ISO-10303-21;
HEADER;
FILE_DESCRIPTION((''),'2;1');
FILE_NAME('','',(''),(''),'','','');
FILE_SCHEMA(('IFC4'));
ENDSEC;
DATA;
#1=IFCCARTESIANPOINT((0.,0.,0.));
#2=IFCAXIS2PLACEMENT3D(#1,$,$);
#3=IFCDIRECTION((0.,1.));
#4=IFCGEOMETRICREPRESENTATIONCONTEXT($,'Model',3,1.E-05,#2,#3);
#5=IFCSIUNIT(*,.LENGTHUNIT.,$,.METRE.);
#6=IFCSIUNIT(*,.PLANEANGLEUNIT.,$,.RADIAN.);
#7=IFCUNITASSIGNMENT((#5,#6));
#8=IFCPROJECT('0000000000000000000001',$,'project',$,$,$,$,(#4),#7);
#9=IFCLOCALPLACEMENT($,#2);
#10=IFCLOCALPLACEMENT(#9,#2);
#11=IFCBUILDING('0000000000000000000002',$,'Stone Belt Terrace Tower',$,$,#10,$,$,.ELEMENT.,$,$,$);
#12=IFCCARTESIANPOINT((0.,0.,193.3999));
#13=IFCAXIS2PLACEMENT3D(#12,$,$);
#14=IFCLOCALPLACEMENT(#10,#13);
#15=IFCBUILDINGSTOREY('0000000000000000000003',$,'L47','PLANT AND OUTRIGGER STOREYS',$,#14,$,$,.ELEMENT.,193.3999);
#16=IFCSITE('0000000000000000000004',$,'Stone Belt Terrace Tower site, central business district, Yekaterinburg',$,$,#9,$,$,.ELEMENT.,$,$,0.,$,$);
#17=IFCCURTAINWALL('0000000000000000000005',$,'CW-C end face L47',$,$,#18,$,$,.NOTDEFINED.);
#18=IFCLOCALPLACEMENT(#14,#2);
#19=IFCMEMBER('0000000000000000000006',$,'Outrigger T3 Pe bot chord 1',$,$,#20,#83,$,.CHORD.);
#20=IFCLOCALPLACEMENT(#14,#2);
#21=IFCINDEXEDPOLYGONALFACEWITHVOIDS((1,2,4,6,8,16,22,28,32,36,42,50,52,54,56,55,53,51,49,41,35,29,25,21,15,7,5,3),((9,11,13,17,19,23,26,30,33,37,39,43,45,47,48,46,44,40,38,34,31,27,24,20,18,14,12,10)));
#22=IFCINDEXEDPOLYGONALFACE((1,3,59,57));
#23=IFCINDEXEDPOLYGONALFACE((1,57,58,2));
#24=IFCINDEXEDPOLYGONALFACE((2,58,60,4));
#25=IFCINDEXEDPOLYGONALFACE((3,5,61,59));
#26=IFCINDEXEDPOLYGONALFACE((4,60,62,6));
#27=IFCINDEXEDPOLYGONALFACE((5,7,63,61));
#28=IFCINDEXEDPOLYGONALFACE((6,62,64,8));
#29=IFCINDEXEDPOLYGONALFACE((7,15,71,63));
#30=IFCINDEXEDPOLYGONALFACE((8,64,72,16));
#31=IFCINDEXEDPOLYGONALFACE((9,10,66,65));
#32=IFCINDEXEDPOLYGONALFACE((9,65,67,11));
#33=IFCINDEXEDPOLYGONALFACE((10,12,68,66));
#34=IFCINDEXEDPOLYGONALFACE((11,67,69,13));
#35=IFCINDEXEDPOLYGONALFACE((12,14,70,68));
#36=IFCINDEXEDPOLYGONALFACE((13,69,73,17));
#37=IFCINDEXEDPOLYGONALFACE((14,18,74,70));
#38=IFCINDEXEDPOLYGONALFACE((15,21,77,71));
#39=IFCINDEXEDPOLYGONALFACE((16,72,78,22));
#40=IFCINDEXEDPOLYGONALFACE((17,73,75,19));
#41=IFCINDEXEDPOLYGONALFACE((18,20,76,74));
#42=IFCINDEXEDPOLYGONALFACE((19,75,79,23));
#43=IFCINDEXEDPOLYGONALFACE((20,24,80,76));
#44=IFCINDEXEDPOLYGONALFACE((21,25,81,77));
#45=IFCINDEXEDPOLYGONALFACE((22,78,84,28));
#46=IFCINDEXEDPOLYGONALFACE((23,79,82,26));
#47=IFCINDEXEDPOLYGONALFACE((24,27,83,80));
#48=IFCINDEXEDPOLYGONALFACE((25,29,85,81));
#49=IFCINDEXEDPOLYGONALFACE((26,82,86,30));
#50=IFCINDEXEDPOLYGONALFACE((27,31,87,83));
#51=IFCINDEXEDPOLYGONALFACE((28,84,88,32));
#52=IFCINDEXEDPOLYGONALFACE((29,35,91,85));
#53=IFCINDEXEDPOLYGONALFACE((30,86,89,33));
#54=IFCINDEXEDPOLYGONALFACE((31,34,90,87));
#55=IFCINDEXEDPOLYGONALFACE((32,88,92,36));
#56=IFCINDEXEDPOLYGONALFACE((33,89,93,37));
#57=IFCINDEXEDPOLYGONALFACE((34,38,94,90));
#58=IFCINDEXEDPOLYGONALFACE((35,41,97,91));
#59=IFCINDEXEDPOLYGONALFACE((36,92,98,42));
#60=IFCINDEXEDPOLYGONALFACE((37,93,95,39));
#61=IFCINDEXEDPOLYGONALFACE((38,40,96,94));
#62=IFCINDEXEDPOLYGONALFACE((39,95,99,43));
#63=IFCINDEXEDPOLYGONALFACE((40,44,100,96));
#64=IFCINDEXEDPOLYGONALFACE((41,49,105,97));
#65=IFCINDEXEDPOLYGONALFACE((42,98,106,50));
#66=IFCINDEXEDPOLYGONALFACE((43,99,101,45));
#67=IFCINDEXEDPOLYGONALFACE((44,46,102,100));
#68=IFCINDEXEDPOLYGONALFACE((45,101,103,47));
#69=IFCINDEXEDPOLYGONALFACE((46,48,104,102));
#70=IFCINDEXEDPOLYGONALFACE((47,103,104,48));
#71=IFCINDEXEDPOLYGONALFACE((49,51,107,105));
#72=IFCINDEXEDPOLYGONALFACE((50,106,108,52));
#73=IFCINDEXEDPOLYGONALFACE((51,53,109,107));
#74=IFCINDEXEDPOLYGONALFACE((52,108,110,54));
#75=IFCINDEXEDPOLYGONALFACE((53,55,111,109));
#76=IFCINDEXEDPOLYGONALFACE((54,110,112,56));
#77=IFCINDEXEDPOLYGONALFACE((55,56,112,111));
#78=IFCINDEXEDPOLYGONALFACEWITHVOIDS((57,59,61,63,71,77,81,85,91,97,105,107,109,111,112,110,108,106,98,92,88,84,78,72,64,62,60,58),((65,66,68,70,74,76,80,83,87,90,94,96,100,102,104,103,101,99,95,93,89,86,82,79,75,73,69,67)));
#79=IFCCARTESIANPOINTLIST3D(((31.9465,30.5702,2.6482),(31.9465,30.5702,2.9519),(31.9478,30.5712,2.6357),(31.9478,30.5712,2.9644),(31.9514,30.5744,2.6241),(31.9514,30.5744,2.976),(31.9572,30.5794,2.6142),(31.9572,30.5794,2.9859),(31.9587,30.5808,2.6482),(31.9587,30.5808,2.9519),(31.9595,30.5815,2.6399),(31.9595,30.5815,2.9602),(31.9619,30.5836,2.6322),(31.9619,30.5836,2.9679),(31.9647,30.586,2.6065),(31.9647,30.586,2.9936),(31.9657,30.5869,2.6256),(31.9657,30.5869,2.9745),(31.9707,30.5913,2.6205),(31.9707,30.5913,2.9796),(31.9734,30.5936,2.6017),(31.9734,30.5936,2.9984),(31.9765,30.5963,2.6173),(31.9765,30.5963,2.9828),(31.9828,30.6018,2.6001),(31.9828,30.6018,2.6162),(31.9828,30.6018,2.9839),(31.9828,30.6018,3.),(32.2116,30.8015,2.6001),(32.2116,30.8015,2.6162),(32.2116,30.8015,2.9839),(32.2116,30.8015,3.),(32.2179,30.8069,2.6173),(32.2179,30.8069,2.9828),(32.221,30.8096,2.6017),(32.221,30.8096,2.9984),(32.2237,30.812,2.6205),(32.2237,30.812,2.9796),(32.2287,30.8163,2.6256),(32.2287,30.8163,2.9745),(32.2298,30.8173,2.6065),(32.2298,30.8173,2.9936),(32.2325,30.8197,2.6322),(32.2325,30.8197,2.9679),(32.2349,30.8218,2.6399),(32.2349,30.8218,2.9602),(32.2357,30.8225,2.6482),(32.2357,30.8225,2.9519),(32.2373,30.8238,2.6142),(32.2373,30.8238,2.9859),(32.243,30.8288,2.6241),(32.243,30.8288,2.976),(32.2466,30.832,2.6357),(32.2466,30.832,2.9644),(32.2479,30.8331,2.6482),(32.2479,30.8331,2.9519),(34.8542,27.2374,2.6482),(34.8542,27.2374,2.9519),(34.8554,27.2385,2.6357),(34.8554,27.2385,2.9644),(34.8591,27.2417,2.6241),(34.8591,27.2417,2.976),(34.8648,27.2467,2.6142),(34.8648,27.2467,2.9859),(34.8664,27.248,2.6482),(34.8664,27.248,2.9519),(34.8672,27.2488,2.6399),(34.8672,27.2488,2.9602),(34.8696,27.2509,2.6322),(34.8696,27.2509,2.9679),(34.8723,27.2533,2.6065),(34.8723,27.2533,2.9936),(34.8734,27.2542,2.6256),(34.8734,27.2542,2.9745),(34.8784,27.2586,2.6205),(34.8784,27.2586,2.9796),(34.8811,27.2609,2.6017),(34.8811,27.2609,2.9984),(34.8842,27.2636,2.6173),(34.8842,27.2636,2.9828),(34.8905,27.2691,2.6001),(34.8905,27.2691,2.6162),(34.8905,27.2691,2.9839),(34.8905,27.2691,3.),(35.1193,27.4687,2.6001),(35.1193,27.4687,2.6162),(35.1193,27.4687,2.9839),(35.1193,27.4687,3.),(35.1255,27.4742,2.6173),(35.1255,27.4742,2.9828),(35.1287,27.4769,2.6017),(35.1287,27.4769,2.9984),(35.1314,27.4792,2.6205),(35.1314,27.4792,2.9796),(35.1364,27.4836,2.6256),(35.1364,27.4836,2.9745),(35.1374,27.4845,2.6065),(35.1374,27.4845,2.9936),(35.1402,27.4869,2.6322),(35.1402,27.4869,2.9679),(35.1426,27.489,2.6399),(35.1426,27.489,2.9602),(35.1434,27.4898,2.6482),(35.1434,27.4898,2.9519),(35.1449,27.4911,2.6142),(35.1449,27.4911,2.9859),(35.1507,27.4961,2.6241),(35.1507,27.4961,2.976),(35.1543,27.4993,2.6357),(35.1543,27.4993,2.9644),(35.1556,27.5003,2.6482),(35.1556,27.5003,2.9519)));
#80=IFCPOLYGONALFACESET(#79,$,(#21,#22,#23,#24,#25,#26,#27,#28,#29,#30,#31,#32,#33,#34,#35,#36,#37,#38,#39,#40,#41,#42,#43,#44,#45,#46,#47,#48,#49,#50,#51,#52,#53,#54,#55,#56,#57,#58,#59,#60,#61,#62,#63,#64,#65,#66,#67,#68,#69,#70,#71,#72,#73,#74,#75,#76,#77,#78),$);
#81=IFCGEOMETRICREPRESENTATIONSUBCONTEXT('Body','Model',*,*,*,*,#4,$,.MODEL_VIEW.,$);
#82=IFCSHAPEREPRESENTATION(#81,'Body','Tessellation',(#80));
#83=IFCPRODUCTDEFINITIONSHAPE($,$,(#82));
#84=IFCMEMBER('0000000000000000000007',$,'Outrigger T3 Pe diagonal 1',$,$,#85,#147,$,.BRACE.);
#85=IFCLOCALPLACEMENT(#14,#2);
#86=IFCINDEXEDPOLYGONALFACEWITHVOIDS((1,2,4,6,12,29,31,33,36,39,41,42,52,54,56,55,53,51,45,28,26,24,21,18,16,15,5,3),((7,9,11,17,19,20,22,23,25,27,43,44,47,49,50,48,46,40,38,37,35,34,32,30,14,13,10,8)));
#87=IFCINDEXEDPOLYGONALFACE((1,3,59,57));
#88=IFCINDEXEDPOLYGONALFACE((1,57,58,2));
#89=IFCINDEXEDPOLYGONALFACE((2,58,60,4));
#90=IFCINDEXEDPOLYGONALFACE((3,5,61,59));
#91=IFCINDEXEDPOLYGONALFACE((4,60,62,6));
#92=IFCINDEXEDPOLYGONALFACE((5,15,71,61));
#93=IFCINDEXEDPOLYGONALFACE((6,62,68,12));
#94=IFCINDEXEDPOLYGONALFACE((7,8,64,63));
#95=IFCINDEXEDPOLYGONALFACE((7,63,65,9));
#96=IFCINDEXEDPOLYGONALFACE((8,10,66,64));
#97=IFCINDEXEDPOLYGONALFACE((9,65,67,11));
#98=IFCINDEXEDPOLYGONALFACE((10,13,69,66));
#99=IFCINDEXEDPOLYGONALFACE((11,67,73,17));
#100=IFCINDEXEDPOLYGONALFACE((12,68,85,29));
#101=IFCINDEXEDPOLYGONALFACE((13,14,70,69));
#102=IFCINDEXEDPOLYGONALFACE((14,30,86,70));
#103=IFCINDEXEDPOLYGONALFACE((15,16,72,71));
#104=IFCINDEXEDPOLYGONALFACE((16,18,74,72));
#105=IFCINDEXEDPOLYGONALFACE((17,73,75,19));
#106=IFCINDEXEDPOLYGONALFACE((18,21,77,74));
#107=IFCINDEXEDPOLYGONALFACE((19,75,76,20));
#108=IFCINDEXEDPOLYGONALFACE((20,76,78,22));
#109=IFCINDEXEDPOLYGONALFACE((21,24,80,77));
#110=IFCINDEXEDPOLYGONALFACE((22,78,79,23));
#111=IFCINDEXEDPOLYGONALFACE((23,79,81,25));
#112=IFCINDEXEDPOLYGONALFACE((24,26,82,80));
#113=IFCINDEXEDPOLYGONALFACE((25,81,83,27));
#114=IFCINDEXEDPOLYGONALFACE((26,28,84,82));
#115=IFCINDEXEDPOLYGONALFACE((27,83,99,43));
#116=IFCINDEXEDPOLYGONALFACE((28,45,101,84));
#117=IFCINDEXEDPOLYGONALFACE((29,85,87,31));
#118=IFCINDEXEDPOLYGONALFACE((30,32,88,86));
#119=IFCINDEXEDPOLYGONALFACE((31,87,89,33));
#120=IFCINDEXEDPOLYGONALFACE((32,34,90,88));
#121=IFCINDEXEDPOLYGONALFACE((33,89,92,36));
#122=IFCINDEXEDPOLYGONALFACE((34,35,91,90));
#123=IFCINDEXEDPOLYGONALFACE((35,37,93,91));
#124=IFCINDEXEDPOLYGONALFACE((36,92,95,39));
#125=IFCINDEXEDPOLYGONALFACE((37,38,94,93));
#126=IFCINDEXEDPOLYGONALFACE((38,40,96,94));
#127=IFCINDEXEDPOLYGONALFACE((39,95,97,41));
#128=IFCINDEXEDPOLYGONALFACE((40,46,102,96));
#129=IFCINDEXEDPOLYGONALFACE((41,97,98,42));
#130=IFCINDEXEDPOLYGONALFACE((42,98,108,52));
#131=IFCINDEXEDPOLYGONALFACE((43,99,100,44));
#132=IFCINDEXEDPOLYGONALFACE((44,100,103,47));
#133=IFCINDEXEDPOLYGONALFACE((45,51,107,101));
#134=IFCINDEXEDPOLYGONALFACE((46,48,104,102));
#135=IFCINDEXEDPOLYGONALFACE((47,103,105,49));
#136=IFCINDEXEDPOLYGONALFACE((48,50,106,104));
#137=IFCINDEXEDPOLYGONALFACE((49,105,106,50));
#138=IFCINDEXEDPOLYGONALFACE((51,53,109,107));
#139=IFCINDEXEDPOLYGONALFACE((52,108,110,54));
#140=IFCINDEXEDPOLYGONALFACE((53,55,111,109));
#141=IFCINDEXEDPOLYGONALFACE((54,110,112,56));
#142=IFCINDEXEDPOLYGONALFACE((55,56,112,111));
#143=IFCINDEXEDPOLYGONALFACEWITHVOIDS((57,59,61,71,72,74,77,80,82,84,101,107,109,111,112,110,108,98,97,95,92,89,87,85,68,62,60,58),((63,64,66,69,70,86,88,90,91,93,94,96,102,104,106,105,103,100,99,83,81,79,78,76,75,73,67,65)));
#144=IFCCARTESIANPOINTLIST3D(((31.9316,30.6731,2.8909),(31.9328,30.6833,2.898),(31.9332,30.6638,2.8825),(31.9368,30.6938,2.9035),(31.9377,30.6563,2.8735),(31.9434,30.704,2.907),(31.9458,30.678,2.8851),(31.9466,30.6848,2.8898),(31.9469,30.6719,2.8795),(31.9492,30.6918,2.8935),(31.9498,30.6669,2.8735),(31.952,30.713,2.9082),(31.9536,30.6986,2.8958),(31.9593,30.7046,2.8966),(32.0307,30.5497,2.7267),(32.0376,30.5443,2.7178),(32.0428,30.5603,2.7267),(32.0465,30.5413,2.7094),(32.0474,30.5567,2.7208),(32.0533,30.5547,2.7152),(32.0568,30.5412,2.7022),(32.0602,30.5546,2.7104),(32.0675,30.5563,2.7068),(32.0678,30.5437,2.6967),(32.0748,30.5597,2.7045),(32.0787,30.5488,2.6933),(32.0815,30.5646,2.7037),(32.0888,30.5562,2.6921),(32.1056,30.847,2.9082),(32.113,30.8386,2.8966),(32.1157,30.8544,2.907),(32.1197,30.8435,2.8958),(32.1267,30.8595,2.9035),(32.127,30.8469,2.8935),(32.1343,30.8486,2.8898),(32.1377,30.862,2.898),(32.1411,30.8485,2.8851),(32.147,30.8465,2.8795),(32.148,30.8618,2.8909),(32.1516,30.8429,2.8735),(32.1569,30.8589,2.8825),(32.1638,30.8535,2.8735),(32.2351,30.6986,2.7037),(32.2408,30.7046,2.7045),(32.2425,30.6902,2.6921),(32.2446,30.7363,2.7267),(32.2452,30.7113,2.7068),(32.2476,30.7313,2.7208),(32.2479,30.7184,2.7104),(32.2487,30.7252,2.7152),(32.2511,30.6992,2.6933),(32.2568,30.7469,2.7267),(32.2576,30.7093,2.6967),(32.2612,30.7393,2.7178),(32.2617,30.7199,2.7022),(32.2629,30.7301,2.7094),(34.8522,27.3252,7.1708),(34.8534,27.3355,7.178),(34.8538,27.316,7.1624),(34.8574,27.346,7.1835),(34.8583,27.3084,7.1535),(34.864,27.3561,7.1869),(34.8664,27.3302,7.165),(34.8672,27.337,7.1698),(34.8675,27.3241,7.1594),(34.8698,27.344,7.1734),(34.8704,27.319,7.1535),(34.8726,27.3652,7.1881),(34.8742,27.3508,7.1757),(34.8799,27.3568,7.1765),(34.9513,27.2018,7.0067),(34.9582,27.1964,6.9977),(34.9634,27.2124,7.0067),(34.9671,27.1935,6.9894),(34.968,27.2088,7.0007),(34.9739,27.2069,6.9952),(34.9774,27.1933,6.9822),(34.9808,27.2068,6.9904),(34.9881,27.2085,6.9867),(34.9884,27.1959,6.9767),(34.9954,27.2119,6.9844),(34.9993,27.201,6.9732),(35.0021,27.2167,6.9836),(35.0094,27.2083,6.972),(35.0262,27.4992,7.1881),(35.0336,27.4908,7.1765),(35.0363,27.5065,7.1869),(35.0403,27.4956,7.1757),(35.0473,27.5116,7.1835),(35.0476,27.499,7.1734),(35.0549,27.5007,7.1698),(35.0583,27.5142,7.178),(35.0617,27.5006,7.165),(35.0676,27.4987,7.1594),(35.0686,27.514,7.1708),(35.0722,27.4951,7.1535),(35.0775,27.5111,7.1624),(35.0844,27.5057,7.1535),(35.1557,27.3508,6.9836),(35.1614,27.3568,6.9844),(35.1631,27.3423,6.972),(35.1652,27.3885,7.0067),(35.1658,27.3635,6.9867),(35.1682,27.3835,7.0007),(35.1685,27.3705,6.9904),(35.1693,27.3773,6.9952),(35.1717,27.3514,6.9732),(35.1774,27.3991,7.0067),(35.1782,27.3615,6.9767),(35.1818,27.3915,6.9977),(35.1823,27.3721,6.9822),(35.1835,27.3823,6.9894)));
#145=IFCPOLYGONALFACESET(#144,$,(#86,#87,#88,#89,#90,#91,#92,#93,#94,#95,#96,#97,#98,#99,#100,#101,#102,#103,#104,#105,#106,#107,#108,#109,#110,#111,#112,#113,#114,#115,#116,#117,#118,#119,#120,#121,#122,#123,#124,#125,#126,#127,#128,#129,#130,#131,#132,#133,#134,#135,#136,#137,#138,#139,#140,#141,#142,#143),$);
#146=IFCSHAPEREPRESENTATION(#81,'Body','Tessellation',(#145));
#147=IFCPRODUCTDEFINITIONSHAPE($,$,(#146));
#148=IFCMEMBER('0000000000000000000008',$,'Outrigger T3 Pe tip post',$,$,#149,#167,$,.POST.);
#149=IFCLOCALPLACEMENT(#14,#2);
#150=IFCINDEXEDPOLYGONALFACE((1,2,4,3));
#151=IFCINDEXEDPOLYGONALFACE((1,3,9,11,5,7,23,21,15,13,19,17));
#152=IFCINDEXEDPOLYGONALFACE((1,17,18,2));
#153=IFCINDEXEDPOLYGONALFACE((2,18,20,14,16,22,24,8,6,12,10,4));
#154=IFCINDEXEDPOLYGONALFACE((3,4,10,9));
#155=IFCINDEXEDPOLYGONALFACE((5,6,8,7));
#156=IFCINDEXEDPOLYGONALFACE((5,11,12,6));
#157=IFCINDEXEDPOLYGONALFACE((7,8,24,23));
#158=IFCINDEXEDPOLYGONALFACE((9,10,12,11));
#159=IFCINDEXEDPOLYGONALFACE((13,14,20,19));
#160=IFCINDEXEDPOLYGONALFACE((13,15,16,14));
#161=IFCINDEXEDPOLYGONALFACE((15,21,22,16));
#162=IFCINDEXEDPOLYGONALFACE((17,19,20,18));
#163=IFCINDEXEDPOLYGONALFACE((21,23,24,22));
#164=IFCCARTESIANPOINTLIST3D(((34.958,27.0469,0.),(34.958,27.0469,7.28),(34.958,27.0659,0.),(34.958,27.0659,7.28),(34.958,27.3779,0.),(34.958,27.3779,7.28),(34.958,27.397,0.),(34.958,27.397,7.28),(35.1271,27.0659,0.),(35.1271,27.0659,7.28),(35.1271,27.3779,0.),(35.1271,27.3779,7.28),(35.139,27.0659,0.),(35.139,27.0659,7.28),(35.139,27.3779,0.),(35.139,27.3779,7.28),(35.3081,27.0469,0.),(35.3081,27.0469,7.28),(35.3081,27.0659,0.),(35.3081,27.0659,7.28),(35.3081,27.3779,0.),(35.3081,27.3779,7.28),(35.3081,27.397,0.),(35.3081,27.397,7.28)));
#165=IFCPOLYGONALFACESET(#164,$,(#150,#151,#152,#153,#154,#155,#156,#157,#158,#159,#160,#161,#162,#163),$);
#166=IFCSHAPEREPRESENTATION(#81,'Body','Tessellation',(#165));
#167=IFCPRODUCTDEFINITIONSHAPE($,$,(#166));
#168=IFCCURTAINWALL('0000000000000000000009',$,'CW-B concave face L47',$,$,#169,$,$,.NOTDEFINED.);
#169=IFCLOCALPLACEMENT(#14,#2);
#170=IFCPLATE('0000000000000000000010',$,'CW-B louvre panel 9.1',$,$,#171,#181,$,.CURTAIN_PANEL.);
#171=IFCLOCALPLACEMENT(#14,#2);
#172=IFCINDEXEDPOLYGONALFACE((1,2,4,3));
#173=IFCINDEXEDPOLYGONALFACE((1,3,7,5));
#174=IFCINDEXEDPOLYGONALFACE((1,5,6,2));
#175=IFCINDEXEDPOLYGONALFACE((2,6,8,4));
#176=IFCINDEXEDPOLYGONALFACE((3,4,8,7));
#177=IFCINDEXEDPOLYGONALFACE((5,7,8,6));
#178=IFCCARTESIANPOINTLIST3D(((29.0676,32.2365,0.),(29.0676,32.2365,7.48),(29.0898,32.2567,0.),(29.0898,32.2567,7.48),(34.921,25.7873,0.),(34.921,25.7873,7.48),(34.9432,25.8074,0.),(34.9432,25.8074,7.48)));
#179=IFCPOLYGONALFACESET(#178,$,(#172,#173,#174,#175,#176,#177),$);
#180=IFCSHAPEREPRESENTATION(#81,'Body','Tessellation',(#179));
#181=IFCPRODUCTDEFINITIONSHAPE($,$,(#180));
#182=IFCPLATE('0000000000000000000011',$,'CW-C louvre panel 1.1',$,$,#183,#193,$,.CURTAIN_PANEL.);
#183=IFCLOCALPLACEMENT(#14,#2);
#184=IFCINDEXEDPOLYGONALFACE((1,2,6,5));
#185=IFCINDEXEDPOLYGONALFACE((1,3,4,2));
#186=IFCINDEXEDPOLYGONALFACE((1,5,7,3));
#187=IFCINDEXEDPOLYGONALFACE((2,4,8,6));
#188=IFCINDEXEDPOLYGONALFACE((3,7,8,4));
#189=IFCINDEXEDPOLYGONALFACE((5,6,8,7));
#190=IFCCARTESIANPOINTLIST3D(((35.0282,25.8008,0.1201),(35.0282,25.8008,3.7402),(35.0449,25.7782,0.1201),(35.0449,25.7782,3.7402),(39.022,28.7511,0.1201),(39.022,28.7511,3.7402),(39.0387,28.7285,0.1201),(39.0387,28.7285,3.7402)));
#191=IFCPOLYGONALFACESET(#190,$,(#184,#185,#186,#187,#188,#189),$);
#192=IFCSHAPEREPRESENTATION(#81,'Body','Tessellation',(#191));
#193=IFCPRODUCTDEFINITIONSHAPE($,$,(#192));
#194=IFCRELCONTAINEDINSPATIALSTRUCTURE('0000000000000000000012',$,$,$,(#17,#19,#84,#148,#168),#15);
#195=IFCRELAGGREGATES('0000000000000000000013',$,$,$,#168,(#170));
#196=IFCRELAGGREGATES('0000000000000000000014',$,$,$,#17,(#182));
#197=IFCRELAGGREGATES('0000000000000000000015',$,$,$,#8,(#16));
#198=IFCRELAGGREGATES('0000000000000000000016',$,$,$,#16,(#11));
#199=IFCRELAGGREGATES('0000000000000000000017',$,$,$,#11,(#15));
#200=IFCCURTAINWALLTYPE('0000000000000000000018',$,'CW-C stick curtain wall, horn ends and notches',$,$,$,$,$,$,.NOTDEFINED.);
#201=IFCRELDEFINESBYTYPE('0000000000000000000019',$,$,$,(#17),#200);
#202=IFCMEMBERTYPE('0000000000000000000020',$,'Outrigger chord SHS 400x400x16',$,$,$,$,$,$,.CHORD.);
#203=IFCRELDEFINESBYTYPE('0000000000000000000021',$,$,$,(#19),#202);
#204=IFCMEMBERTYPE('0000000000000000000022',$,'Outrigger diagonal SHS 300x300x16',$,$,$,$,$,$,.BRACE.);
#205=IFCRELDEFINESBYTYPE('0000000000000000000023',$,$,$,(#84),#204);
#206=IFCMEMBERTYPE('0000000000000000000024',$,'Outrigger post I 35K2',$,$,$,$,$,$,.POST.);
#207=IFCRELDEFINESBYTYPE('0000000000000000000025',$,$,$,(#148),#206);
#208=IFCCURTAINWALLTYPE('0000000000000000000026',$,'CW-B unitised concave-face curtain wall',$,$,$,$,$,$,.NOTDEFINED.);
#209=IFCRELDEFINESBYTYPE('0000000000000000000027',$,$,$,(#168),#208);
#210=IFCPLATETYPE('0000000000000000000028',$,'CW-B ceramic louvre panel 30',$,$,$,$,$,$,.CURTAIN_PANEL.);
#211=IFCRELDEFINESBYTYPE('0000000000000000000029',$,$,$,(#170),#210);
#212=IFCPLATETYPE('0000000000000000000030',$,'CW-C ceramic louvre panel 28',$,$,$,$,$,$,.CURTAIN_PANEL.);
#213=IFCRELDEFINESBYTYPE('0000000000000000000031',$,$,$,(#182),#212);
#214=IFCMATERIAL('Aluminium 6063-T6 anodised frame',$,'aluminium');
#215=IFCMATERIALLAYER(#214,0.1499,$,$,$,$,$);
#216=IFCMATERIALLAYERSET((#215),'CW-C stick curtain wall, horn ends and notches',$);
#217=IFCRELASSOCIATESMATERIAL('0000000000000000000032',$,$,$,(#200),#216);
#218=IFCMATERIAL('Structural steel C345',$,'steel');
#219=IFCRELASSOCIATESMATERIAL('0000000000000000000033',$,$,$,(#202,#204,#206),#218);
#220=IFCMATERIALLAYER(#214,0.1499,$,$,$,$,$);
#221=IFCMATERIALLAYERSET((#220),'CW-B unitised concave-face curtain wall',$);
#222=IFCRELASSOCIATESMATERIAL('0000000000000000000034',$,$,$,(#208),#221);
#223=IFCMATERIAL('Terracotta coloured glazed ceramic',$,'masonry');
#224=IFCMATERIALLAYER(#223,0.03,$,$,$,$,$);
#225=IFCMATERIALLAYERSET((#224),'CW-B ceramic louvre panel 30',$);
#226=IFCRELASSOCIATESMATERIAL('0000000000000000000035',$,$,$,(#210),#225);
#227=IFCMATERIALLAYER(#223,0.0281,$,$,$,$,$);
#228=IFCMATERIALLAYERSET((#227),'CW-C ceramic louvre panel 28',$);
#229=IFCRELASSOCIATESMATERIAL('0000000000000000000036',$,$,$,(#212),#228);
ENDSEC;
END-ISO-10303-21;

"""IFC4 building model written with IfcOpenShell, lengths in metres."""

from ifc_helpers import new_model, si_unit, direction, frame, origin, origin_2d, place, context, subcontext, project, spatial, rectangle, hollow_rectangle, i_section, extrude, material, layer, layer_set, material_profile, profile_set, type_object, element, aggregate, save


model = new_model("IFC4")

# Units and contexts
model_context = context("Model", 3, precision=1e-05, world=origin(), true_north=direction((0.0, 1.0)))
body_context = subcontext(model_context, "Body", "Model", "MODEL_VIEW")
ifc_project = project(units=[si_unit("LENGTHUNIT", "METRE"), si_unit("PLANEANGLEUNIT", "RADIAN")], contexts=[model_context])

# Site, building, storey
site_placement = place(None, origin())
site = spatial("IfcSite", under=ifc_project, at=site_placement, Name="Stone Belt Terrace Tower site, central business district, Yekaterinburg", CompositionType="ELEMENT", RefElevation=0.0)
building_placement = place(site_placement, origin())
building = spatial("IfcBuilding", under=site, at=building_placement, Name="Stone Belt Terrace Tower", CompositionType="ELEMENT")
storey_placement = place(building_placement, frame((0.0, 0.0, 193.3999)))
storey = spatial("IfcBuildingStorey", under=building, at=storey_placement, Name="L47", Description="PLANT AND OUTRIGGER STOREYS", CompositionType="ELEMENT", Elevation=193.3999)

# Curtain wall
ifc_material_1 = material(Name="Aluminium 6063-T6 anodised frame", Category="aluminium")
ifc_layer_1 = layer(ifc_material_1, 0.1499)
ifc_layer_set_1 = layer_set([ifc_layer_1], Name="CW-C stick curtain wall, horn ends and notches")
curtain_wall_type_1 = type_object("IfcCurtainWallType", Name="CW-C stick curtain wall, horn ends and notches", PredefinedType="NOTDEFINED", material=ifc_layer_set_1)
curtain_wall_1_placement = place(storey_placement, origin())
curtain_wall_1 = element("IfcCurtainWall", 1, at=curtain_wall_1_placement, inside=storey, type_object=curtain_wall_type_1, Name="CW-C end face L47", PredefinedType="NOTDEFINED")

# Members
ifc_material_2 = material(Name="Structural steel C345", Category="steel")
ifc_material_profile_1 = material_profile(ifc_material_2, hollow_rectangle(XDim=0.3999, YDim=0.3999, WallThickness=0.0161, InnerFilletRadius=0.032, OuterFilletRadius=0.0481, at=origin_2d()), Name="SHS 400x400x16")
ifc_profile_set_1 = profile_set([ifc_material_profile_1], Name="Structural steel C345")
member_type_1 = type_object("IfcMemberType", Name="Outrigger chord SHS 400x400x16", PredefinedType="CHORD", material=ifc_profile_set_1)
for number, where, z_axis, x_axis, name in (
    (2, (35.0049, 27.3689, 2.8), (-0.657421, 0.753523, 0.0), (-0.753523, -0.657421, 0.0), "Outrigger T3 Pe bot chord 1"),
):
    element("IfcMember", number, at=place(storey_placement, frame(where, z_axis=z_axis, x_axis=x_axis)), inside=storey, type_object=member_type_1, Name=name, PredefinedType="CHORD", context=body_context, shape_type="SweptSolid", body=[
        extrude(hollow_rectangle(XDim=0.3999, YDim=0.3999, WallThickness=0.0161, InnerFilletRadius=0.032, OuterFilletRadius=0.0481, at=origin_2d()), origin(), (0.0, 0.0, 1.0), 4.4229),
    ])
ifc_material_profile_2 = material_profile(ifc_material_2, hollow_rectangle(XDim=0.3, YDim=0.3, WallThickness=0.0161, InnerFilletRadius=0.032, OuterFilletRadius=0.0481, at=origin_2d()), Name="SHS 300x300x16")
ifc_profile_set_2 = profile_set([ifc_material_profile_2], Name="Structural steel C345")
member_type_2 = type_object("IfcMemberType", Name="Outrigger diagonal SHS 300x300x16", PredefinedType="BRACE", material=ifc_profile_set_2)
member_1_placement = place(storey_placement, frame((35.0178, 27.3538, 7.0801), z_axis=(-0.473436, 0.542692, -0.693789), x_axis=(-0.753553, -0.657387, 0.0)))
element("IfcMember", 3, at=member_1_placement, inside=storey, type_object=member_type_2, Name="Outrigger T3 Pe diagonal 1", PredefinedType="BRACE", context=body_context, shape_type="SweptSolid", body=[
    extrude(hollow_rectangle(XDim=0.3, YDim=0.3, WallThickness=0.0161, InnerFilletRadius=0.032, OuterFilletRadius=0.0481, at=origin_2d()), origin(), (0.0, 0.0, 1.0), 6.1689),
])
ifc_material_profile_3 = material_profile(ifc_material_2, i_section(OverallWidth=0.3501, OverallDepth=0.3501, WebThickness=0.012, FlangeThickness=0.019, at=origin_2d()), Name="I 35K2")
ifc_profile_set_3 = profile_set([ifc_material_profile_3], Name="Structural steel C345")
member_type_3 = type_object("IfcMemberType", Name="Outrigger post I 35K2", PredefinedType="POST", material=ifc_profile_set_3)
member_2_placement = place(storey_placement, frame((35.1331, 27.2219, 0.0), z_axis=(0.0, 0.0, 1.0), x_axis=(1.0, 0.0, 0.0)))
element("IfcMember", 4, at=member_2_placement, inside=storey, type_object=member_type_3, Name="Outrigger T3 Pe tip post", PredefinedType="POST", context=body_context, shape_type="SweptSolid", body=[
    extrude(i_section(OverallWidth=0.3501, OverallDepth=0.3501, WebThickness=0.012, FlangeThickness=0.019, at=origin_2d()), origin(), (0.0, 0.0, 1.0), 7.28),
])

# Curtain wall, plate
ifc_layer_2 = layer(ifc_material_1, 0.1499)
ifc_layer_set_2 = layer_set([ifc_layer_2], Name="CW-B unitised concave-face curtain wall")
curtain_wall_type_2 = type_object("IfcCurtainWallType", Name="CW-B unitised concave-face curtain wall", PredefinedType="NOTDEFINED", material=ifc_layer_set_2)
curtain_wall_2_placement = place(storey_placement, origin())
curtain_wall_2 = element("IfcCurtainWall", 5, at=curtain_wall_2_placement, inside=storey, type_object=curtain_wall_type_2, Name="CW-B concave face L47", PredefinedType="NOTDEFINED")
ifc_material_3 = material(Name="Terracotta coloured glazed ceramic", Category="masonry")
ifc_layer_3 = layer(ifc_material_3, 0.03)
ifc_layer_set_3 = layer_set([ifc_layer_3], Name="CW-B ceramic louvre panel 30")
plate_type_1 = type_object("IfcPlateType", Name="CW-B ceramic louvre panel 30", PredefinedType="CURTAIN_PANEL", material=ifc_layer_set_3)
plate_1_placement = place(storey_placement, frame((32.0054, 29.022, 0.0), z_axis=(0.0, 0.0, 1.0), x_axis=(0.672073, -0.740485, 0.0)))
plate_1 = element("IfcPlate", 6, at=plate_1_placement, type_object=plate_type_1, Name="CW-B louvre panel 9.1", PredefinedType="CURTAIN_PANEL", context=body_context, shape_type="SweptSolid", body=[
    extrude(rectangle(XDim=8.7095, YDim=0.03, at=origin_2d()), origin(), (0.0, 0.0, 1.0), 7.48),
])
aggregate(curtain_wall_2, [plate_1])

# Plate
ifc_layer_4 = layer(ifc_material_3, 0.0281)
ifc_layer_set_4 = layer_set([ifc_layer_4], Name="CW-C ceramic louvre panel 28")
plate_type_2 = type_object("IfcPlateType", Name="CW-C ceramic louvre panel 28", PredefinedType="CURTAIN_PANEL", material=ifc_layer_set_4)
plate_2_placement = place(storey_placement, frame((37.0334, 27.2646, 0.1201), z_axis=(0.0, 0.0, 1.0), x_axis=(0.804329, 0.594184, 0.0)))
plate_2 = element("IfcPlate", 7, at=plate_2_placement, type_object=plate_type_2, Name="CW-C louvre panel 1.1", PredefinedType="CURTAIN_PANEL", context=body_context, shape_type="SweptSolid", body=[
    extrude(rectangle(XDim=4.9653, YDim=0.0281, at=origin_2d()), origin(), (0.0, 0.0, 1.0), 3.6201),
])
aggregate(curtain_wall_1, [plate_2])

save(model, "model.ifc")
